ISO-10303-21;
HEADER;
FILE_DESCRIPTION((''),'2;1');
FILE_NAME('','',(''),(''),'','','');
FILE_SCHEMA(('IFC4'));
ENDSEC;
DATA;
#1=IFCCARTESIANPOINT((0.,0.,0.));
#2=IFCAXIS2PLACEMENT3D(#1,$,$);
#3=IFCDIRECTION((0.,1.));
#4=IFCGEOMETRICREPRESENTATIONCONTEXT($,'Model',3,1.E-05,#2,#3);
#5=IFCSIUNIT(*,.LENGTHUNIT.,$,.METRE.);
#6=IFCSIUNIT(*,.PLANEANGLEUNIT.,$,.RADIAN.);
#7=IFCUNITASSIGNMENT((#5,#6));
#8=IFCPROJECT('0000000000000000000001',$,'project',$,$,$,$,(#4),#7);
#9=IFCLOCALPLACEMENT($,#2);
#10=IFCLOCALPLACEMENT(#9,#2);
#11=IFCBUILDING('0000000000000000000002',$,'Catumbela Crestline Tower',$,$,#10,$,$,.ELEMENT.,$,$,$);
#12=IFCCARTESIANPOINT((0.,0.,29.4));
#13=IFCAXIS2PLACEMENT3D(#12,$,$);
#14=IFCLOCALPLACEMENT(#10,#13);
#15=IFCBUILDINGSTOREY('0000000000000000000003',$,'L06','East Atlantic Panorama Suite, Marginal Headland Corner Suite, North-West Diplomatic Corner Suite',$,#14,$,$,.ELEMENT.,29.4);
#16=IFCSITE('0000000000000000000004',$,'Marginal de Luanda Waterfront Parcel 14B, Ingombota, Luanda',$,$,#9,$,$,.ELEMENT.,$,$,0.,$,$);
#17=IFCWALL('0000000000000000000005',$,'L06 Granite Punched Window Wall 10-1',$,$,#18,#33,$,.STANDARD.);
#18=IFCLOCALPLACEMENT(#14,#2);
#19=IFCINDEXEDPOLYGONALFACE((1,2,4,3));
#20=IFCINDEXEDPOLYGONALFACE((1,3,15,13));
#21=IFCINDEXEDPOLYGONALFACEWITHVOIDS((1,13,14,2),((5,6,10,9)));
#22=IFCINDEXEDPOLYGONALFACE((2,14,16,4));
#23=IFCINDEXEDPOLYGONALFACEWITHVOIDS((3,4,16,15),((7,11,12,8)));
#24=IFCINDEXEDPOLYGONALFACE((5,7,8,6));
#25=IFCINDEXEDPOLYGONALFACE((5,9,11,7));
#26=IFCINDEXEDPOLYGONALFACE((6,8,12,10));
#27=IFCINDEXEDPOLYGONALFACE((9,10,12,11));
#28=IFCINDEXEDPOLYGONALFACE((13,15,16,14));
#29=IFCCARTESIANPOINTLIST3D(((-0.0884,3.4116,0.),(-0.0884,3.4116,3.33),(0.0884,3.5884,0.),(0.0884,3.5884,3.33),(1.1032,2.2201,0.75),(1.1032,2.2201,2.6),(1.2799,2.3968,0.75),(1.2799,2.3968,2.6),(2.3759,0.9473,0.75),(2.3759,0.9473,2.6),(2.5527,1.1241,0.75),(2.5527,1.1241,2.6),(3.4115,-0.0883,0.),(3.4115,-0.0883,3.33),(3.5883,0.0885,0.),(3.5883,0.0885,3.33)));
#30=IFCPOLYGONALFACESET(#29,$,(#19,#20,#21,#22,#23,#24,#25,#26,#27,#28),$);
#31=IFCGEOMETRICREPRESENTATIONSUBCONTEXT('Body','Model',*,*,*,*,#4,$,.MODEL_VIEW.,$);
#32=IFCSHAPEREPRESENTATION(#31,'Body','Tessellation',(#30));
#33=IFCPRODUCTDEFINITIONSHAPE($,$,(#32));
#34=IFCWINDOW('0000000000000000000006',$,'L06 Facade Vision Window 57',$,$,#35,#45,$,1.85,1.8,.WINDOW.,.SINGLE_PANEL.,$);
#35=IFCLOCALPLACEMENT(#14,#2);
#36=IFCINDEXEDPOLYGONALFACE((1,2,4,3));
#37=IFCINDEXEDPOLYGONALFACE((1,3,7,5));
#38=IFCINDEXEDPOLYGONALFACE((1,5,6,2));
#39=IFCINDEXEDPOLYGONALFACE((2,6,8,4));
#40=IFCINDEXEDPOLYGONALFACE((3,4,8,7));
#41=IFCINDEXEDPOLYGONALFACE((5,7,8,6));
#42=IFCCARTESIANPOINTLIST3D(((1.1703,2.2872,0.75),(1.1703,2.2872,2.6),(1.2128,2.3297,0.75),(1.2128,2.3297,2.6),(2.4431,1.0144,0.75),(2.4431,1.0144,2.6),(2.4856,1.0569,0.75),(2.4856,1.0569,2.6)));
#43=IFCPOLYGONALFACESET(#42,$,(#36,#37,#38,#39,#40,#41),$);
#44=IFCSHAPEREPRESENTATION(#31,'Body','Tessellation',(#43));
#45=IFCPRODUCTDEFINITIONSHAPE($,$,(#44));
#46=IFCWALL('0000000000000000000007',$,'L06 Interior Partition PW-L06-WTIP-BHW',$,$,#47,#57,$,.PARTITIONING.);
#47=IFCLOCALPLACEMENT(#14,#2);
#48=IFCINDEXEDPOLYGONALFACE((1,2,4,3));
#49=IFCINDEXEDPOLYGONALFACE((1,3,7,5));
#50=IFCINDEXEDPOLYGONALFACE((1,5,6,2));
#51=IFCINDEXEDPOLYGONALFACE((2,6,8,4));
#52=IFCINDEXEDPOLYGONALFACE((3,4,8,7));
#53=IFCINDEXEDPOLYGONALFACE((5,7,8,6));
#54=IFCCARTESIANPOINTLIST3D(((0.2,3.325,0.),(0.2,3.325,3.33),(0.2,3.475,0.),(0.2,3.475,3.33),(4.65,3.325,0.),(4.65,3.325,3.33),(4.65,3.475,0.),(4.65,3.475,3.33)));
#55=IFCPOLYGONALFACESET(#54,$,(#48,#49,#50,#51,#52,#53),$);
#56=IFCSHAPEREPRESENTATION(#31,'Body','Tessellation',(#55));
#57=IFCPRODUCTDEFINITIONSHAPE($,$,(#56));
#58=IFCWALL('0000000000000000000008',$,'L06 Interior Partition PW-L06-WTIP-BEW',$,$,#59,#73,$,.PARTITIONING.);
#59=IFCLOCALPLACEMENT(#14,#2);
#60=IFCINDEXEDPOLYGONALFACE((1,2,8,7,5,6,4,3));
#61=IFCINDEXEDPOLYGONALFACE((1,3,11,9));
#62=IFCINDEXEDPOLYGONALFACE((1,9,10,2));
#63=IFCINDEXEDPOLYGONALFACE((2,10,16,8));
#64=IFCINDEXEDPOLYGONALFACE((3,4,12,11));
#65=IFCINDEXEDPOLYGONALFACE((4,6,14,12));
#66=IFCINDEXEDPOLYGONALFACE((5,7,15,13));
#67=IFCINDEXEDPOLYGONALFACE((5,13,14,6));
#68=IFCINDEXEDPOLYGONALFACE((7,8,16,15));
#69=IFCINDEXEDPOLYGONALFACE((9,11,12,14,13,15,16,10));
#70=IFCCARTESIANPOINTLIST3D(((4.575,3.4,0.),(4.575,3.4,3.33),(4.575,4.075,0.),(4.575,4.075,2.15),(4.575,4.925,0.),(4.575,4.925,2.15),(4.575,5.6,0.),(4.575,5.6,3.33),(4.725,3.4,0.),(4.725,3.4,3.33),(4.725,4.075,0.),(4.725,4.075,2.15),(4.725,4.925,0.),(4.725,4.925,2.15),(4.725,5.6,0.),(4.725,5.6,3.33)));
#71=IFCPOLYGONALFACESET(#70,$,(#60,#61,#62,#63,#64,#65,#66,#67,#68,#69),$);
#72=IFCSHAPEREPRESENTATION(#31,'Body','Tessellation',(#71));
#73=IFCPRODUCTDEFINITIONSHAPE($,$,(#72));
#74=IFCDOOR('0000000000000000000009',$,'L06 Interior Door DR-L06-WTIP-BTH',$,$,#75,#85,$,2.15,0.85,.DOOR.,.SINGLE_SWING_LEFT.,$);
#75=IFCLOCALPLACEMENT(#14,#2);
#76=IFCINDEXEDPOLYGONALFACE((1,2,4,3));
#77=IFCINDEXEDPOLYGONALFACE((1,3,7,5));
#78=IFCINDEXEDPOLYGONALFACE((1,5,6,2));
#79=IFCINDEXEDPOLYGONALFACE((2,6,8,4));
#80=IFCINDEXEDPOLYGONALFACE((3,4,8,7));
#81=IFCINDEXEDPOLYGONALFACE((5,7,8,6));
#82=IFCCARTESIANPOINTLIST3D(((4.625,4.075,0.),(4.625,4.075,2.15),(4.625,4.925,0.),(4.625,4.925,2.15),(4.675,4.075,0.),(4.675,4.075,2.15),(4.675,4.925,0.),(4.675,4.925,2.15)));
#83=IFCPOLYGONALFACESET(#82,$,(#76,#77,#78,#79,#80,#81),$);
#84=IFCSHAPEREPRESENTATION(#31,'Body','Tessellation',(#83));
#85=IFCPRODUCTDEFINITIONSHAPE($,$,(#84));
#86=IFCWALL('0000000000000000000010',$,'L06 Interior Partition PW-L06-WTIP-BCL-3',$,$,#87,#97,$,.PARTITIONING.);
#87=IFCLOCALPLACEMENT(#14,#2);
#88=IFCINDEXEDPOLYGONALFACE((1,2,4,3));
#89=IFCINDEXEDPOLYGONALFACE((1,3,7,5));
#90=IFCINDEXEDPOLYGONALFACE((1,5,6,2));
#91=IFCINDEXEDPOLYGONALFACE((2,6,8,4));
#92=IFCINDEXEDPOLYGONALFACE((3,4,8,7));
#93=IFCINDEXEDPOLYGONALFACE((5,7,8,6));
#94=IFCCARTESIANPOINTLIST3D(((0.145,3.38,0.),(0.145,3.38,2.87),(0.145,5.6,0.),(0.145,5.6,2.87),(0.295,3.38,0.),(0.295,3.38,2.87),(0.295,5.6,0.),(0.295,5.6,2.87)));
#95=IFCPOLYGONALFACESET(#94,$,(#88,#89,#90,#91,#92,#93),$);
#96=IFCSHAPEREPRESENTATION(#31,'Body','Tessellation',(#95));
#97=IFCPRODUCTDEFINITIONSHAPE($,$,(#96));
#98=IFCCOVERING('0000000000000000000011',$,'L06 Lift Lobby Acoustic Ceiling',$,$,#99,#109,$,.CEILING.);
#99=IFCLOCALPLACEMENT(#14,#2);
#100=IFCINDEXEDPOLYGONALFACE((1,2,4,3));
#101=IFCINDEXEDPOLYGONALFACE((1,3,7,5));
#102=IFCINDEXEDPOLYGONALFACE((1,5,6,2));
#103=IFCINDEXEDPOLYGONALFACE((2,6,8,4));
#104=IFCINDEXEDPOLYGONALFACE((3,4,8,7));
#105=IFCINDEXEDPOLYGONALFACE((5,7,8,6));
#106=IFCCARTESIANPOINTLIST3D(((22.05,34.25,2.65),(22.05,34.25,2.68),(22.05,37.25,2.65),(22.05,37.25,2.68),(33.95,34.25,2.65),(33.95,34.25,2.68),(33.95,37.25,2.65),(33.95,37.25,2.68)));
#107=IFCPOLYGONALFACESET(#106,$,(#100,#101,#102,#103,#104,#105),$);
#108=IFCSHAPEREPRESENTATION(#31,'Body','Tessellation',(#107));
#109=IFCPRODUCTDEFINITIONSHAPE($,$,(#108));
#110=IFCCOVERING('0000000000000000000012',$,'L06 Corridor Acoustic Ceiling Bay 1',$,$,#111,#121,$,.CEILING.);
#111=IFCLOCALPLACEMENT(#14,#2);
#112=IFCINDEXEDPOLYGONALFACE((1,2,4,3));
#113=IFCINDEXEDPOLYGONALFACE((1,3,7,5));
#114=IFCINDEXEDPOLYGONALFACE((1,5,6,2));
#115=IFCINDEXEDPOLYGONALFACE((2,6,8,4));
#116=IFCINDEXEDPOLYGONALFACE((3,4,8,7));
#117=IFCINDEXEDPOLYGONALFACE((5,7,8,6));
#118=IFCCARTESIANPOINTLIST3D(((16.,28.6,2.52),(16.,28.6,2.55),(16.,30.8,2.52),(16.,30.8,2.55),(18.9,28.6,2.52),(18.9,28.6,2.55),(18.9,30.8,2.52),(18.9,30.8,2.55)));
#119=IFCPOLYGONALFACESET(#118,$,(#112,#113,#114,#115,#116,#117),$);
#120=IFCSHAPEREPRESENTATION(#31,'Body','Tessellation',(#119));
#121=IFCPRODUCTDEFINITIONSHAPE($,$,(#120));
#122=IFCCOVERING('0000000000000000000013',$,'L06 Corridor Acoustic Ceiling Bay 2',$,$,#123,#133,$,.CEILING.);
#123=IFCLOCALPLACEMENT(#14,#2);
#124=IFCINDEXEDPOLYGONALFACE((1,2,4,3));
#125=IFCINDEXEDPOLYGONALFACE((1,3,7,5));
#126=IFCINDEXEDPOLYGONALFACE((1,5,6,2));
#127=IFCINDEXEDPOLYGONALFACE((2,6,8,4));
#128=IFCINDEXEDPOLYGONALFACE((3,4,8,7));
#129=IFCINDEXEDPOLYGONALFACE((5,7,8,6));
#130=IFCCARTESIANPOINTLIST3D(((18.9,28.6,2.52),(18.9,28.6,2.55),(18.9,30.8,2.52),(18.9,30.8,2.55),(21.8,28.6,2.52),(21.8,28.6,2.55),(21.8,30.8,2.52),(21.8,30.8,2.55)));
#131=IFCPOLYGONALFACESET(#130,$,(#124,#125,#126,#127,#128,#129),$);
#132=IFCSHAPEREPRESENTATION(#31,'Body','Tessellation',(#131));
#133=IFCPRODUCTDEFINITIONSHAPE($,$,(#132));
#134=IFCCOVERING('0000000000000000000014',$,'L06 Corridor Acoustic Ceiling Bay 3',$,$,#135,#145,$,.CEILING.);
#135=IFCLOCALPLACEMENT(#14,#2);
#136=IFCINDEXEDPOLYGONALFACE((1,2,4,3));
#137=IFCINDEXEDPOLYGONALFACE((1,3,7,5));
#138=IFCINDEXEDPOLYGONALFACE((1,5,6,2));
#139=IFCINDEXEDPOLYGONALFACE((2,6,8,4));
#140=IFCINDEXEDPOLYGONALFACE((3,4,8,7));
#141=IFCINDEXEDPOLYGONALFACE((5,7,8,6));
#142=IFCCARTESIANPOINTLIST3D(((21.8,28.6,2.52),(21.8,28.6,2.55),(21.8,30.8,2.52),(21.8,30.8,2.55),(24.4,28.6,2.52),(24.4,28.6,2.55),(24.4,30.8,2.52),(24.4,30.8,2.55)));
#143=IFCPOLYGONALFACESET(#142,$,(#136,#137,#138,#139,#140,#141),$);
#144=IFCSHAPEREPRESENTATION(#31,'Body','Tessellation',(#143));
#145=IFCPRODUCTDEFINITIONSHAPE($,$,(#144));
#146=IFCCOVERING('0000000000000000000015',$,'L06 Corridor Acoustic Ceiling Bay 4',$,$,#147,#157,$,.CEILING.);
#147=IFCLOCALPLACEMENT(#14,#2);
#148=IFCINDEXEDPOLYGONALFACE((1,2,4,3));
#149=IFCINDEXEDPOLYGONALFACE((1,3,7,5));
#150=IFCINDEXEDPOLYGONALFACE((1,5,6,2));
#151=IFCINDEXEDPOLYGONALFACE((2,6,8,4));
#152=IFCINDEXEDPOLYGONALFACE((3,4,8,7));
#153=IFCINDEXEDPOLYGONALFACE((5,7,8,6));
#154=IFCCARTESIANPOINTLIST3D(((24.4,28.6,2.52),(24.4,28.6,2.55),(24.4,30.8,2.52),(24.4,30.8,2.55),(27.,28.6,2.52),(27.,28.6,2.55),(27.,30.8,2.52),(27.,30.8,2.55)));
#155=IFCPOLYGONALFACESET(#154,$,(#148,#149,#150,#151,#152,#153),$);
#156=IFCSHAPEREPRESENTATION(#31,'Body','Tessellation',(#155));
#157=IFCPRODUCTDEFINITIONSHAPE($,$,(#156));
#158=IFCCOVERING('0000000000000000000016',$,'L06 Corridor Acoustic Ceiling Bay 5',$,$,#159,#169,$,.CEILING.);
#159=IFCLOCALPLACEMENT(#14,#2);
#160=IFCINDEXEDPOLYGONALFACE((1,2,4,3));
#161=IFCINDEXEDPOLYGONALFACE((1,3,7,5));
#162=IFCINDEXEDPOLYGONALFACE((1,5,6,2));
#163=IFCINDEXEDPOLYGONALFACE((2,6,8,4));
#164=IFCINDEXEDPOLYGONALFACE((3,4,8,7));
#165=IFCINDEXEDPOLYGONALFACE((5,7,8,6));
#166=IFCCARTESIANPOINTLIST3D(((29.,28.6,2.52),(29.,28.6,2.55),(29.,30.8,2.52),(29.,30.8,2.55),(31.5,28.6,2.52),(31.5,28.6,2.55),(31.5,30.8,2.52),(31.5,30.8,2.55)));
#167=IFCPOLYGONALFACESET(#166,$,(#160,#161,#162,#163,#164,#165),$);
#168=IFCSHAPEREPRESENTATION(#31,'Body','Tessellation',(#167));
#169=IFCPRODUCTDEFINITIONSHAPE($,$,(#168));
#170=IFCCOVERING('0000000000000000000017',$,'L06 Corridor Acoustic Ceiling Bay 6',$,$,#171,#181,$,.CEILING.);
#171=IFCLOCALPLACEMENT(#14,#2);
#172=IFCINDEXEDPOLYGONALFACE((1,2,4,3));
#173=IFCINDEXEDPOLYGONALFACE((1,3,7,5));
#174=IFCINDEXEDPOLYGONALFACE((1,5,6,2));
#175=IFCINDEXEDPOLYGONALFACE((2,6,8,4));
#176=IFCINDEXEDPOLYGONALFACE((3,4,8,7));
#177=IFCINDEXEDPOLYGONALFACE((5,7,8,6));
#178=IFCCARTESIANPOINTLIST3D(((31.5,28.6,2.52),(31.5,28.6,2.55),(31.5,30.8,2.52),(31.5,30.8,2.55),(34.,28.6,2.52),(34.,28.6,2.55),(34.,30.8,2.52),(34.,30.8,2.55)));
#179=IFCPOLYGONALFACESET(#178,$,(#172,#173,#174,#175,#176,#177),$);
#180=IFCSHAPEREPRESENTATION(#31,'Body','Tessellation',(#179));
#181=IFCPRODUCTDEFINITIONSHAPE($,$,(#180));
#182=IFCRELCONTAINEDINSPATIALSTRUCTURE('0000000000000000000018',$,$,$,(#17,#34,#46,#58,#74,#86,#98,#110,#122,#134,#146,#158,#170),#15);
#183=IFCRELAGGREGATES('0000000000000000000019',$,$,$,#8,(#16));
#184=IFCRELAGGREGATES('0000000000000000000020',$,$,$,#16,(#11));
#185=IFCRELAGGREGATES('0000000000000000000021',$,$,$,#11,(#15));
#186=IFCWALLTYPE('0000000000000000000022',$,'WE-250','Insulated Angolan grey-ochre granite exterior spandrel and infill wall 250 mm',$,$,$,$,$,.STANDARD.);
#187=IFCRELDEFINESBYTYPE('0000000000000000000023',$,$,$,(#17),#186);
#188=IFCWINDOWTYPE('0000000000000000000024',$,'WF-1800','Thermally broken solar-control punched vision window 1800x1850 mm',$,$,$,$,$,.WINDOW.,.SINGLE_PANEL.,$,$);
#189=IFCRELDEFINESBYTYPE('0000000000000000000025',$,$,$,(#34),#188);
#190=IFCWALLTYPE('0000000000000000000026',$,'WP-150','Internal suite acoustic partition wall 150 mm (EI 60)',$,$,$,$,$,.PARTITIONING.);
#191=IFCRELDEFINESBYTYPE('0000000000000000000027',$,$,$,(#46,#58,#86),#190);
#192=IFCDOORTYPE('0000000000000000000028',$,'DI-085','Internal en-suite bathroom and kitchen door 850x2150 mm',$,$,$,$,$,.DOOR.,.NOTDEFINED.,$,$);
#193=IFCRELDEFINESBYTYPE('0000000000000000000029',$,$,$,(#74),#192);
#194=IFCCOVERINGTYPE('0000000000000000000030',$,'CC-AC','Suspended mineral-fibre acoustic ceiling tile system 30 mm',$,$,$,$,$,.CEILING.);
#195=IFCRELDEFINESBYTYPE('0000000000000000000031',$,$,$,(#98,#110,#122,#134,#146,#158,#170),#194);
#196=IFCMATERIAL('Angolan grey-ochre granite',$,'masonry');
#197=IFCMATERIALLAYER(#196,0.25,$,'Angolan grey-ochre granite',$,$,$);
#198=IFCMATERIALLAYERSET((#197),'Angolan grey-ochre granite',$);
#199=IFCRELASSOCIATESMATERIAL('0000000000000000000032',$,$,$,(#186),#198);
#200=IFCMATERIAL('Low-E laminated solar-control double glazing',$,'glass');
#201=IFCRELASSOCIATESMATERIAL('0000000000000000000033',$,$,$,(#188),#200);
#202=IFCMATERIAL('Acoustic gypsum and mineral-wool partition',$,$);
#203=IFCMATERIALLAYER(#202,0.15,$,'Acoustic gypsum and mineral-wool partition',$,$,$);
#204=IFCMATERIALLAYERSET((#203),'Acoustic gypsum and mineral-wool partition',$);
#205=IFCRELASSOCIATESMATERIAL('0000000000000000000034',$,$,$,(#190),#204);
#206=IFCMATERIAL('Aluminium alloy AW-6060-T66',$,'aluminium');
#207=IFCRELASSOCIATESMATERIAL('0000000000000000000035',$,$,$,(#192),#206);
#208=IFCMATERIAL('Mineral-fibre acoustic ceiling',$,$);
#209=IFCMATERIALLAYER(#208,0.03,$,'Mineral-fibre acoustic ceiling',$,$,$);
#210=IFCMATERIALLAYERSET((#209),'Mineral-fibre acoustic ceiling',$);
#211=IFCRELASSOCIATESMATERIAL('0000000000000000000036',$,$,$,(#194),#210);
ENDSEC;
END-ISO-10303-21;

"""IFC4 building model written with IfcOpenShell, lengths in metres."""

from ifc_helpers import new_model, si_unit, direction, frame, frame_2d, origin, place, context, subcontext, project, spatial, polyline, rectangle, outline, extrude, material, layer, layer_set, type_object, element, fill, save


model = new_model("IFC4")

# Units and contexts
model_context = context("Model", 3, precision=1e-05, world=origin(), true_north=direction((0.0, 1.0)))
body_context = subcontext(model_context, "Body", "Model", "MODEL_VIEW")
ifc_project = project(units=[si_unit("LENGTHUNIT", "METRE"), si_unit("PLANEANGLEUNIT", "RADIAN")], contexts=[model_context])

# Site, building, storey
site_placement = place(None, origin())
site = spatial("IfcSite", under=ifc_project, at=site_placement, Name="Marginal de Luanda Waterfront Parcel 14B, Ingombota, Luanda", CompositionType="ELEMENT", RefElevation=0.0)
building_placement = place(site_placement, origin())
building = spatial("IfcBuilding", under=site, at=building_placement, Name="Catumbela Crestline Tower", CompositionType="ELEMENT")
storey_placement = place(building_placement, frame((0.0, 0.0, 29.4)))
storey = spatial("IfcBuildingStorey", under=building, at=storey_placement, Name="L06", Description="East Atlantic Panorama Suite, Marginal Headland Corner Suite, North-West Diplomatic Corner Suite", CompositionType="ELEMENT", Elevation=29.4)

# Shared definitions
ifc_material_1 = material(Name="Aluminium alloy AW-6060-T66", Category="aluminium")

# Wall, opening, window
ifc_material_2 = material(Name="Angolan grey-ochre granite", Category="masonry")
ifc_layer_1 = layer(ifc_material_2, 0.25, Name="Angolan grey-ochre granite")
ifc_layer_set_1 = layer_set([ifc_layer_1], Name="Angolan grey-ochre granite")
wall_type_1 = type_object("IfcWallType", Name="WE-250", Description="Insulated Angolan grey-ochre granite exterior spandrel and infill wall 250 mm", PredefinedType="STANDARD", material=ifc_layer_set_1)
wall_1_placement = place(storey_placement, frame((0.0, 3.5, 0.0), z_axis=(0.0, 0.0, 1.0), x_axis=(0.707107, -0.707107, 0.0)))
wall_1 = element("IfcWall", 1, at=wall_1_placement, inside=storey, type_object=wall_type_1, Name="L06 Granite Punched Window Wall 10-1", PredefinedType="STANDARD", context=body_context, shape_type="SweptSolid", body=[
    extrude(rectangle(XDim=4.9497, YDim=0.25, at=frame_2d((2.4748, 0.0))), origin(), (0.0, 0.0, 1.0), 3.33),
])
opening_1_placement = place(wall_1_placement, frame((1.6851, 0.0, 0.75)))
opening_1 = element("IfcOpeningElement", 2, at=opening_1_placement, cuts=wall_1, PredefinedType="OPENING", context=body_context, shape_type="SweptSolid", body=[
    extrude(rectangle(XDim=1.8, YDim=1.85, at=frame_2d((0.9, 0.925))), frame((0.0, 0.135, 0.0), z_axis=(0.0, -1.0, 0.0), x_axis=(1.0, 0.0, 0.0)), (0.0, 0.0, 1.0), 0.27),
])
ifc_material_3 = material(Name="Low-E laminated solar-control double glazing", Category="glass")
window_type = type_object("IfcWindowType", Name="WF-1800", Description="Thermally broken solar-control punched vision window 1800x1850 mm", PartitioningType="SINGLE_PANEL", PredefinedType="WINDOW", material=ifc_material_3)
window_placement = place(opening_1_placement, origin())
window = element("IfcWindow", 3, at=window_placement, inside=storey, type_object=window_type, Name="L06 Facade Vision Window 57", OverallHeight=1.85, OverallWidth=1.8, PartitioningType="SINGLE_PANEL", PredefinedType="WINDOW", context=body_context, shape_type="SweptSolid", body=[
    extrude(rectangle(XDim=1.8, YDim=1.85, at=frame_2d((0.9, 0.925))), frame((0.0, 0.03, 0.0), z_axis=(0.0, -1.0, 0.0), x_axis=(1.0, 0.0, 0.0)), (0.0, 0.0, 1.0), 0.06),
])
fill(opening_1, window)

# Wall
ifc_material_4 = material(Name="Acoustic gypsum and mineral-wool partition")
ifc_layer_2 = layer(ifc_material_4, 0.15, Name="Acoustic gypsum and mineral-wool partition")
ifc_layer_set_2 = layer_set([ifc_layer_2], Name="Acoustic gypsum and mineral-wool partition")
wall_type_2 = type_object("IfcWallType", Name="WP-150", Description="Internal suite acoustic partition wall 150 mm (EI 60)", PredefinedType="PARTITIONING", material=ifc_layer_set_2)
wall_2_placement = place(storey_placement, frame((0.2, 3.4, 0.0), z_axis=(0.0, 0.0, 1.0), x_axis=(1.0, 0.0, 0.0)))
element("IfcWall", 4, at=wall_2_placement, inside=storey, type_object=wall_type_2, Name="L06 Interior Partition PW-L06-WTIP-BHW", PredefinedType="PARTITIONING", context=body_context, shape_type="SweptSolid", body=[
    extrude(rectangle(XDim=4.45, YDim=0.15, at=frame_2d((2.225, 0.0))), origin(), (0.0, 0.0, 1.0), 3.33),
])

# Wall, opening, door
wall_3_placement = place(storey_placement, frame((4.65, 3.4, 0.0), z_axis=(0.0, 0.0, 1.0), x_axis=(0.0, 1.0, 0.0)))
wall_3 = element("IfcWall", 5, at=wall_3_placement, inside=storey, type_object=wall_type_2, Name="L06 Interior Partition PW-L06-WTIP-BEW", PredefinedType="PARTITIONING", context=body_context, shape_type="SweptSolid", body=[
    extrude(rectangle(XDim=2.2, YDim=0.15, at=frame_2d((1.1, 0.0))), origin(), (0.0, 0.0, 1.0), 3.33),
])
opening_2_placement = place(wall_3_placement, frame((0.675, 0.0, 0.0)))
opening_2 = element("IfcOpeningElement", 6, at=opening_2_placement, cuts=wall_3, PredefinedType="OPENING", context=body_context, shape_type="SweptSolid", body=[
    extrude(rectangle(XDim=0.85, YDim=2.15, at=frame_2d((0.425, 1.075))), frame((0.0, 0.085, 0.0), z_axis=(0.0, -1.0, 0.0), x_axis=(1.0, 0.0, 0.0)), (0.0, 0.0, 1.0), 0.17),
])
door_type = type_object("IfcDoorType", Name="DI-085", Description="Internal en-suite bathroom and kitchen door 850x2150 mm", OperationType="NOTDEFINED", PredefinedType="DOOR", material=ifc_material_1)
door_placement = place(opening_2_placement, origin())
door = element("IfcDoor", 7, at=door_placement, inside=storey, type_object=door_type, Name="L06 Interior Door DR-L06-WTIP-BTH", OperationType="SINGLE_SWING_LEFT", OverallHeight=2.15, OverallWidth=0.85, PredefinedType="DOOR", context=body_context, shape_type="SweptSolid", body=[
    extrude(rectangle(XDim=0.85, YDim=2.15, at=frame_2d((0.425, 1.075))), frame((0.0, 0.025, 0.0), z_axis=(0.0, -1.0, 0.0), x_axis=(1.0, 0.0, 0.0)), (0.0, 0.0, 1.0), 0.05),
])
fill(opening_2, door)

# Wall
wall_4_placement = place(storey_placement, frame((0.22, 3.38, 0.0), z_axis=(0.0, 0.0, 1.0), x_axis=(0.0, 1.0, 0.0)))
element("IfcWall", 8, at=wall_4_placement, inside=storey, type_object=wall_type_2, Name="L06 Interior Partition PW-L06-WTIP-BCL-3", PredefinedType="PARTITIONING", context=body_context, shape_type="SweptSolid", body=[
    extrude(rectangle(XDim=2.22, YDim=0.15, at=frame_2d((1.11, 0.0))), origin(), (0.0, 0.0, 1.0), 2.87),
])

# Coverings
ifc_material_5 = material(Name="Mineral-fibre acoustic ceiling")
ifc_layer_3 = layer(ifc_material_5, 0.03, Name="Mineral-fibre acoustic ceiling")
ifc_layer_set_3 = layer_set([ifc_layer_3], Name="Mineral-fibre acoustic ceiling")
covering_type_1 = type_object("IfcCoveringType", Name="CC-AC", Description="Suspended mineral-fibre acoustic ceiling tile system 30 mm", PredefinedType="CEILING", material=ifc_layer_set_3)
covering_1_placement = place(storey_placement, frame((0.0, 0.0, 2.65)))
element("IfcCovering", 9, at=covering_1_placement, inside=storey, type_object=covering_type_1, Name="L06 Lift Lobby Acoustic Ceiling", PredefinedType="CEILING", context=body_context, shape_type="SweptSolid", body=[
    extrude(outline(polyline([(22.05, 34.25), (33.95, 34.25), (33.95, 37.25), (22.05, 37.25), (22.05, 34.25)])), origin(), (0.0, 0.0, 1.0), 0.03),
])
covering_2_placement = place(storey_placement, frame((0.0, 0.0, 2.52)))
element("IfcCovering", 10, at=covering_2_placement, inside=storey, type_object=covering_type_1, Name="L06 Corridor Acoustic Ceiling Bay 1", PredefinedType="CEILING", context=body_context, shape_type="SweptSolid", body=[
    extrude(outline(polyline([(16.0, 28.6), (18.9, 28.6), (18.9, 30.8), (16.0, 30.8), (16.0, 28.6)])), origin(), (0.0, 0.0, 1.0), 0.03),
])
covering_3_placement = place(storey_placement, frame((0.0, 0.0, 2.52)))
element("IfcCovering", 11, at=covering_3_placement, inside=storey, type_object=covering_type_1, Name="L06 Corridor Acoustic Ceiling Bay 2", PredefinedType="CEILING", context=body_context, shape_type="SweptSolid", body=[
    extrude(outline(polyline([(18.9, 28.6), (21.8, 28.6), (21.8, 30.8), (18.9, 30.8), (18.9, 28.6)])), origin(), (0.0, 0.0, 1.0), 0.03),
])
covering_4_placement = place(storey_placement, frame((0.0, 0.0, 2.52)))
element("IfcCovering", 12, at=covering_4_placement, inside=storey, type_object=covering_type_1, Name="L06 Corridor Acoustic Ceiling Bay 3", PredefinedType="CEILING", context=body_context, shape_type="SweptSolid", body=[
    extrude(outline(polyline([(21.8, 28.6), (24.4, 28.6), (24.4, 30.8), (21.8, 30.8), (21.8, 28.6)])), origin(), (0.0, 0.0, 1.0), 0.03),
])
covering_5_placement = place(storey_placement, frame((0.0, 0.0, 2.52)))
element("IfcCovering", 13, at=covering_5_placement, inside=storey, type_object=covering_type_1, Name="L06 Corridor Acoustic Ceiling Bay 4", PredefinedType="CEILING", context=body_context, shape_type="SweptSolid", body=[
    extrude(outline(polyline([(24.4, 28.6), (27.0, 28.6), (27.0, 30.8), (24.4, 30.8), (24.4, 28.6)])), origin(), (0.0, 0.0, 1.0), 0.03),
])
covering_6_placement = place(storey_placement, frame((0.0, 0.0, 2.52)))
element("IfcCovering", 14, at=covering_6_placement, inside=storey, type_object=covering_type_1, Name="L06 Corridor Acoustic Ceiling Bay 5", PredefinedType="CEILING", context=body_context, shape_type="SweptSolid", body=[
    extrude(outline(polyline([(29.0, 28.6), (31.5, 28.6), (31.5, 30.8), (29.0, 30.8), (29.0, 28.6)])), origin(), (0.0, 0.0, 1.0), 0.03),
])
covering_7_placement = place(storey_placement, frame((0.0, 0.0, 2.52)))
element("IfcCovering", 15, at=covering_7_placement, inside=storey, type_object=covering_type_1, Name="L06 Corridor Acoustic Ceiling Bay 6", PredefinedType="CEILING", context=body_context, shape_type="SweptSolid", body=[
    extrude(outline(polyline([(31.5, 28.6), (34.0, 28.6), (34.0, 30.8), (31.5, 30.8), (31.5, 28.6)])), origin(), (0.0, 0.0, 1.0), 0.03),
])

save(model, "model.ifc")
